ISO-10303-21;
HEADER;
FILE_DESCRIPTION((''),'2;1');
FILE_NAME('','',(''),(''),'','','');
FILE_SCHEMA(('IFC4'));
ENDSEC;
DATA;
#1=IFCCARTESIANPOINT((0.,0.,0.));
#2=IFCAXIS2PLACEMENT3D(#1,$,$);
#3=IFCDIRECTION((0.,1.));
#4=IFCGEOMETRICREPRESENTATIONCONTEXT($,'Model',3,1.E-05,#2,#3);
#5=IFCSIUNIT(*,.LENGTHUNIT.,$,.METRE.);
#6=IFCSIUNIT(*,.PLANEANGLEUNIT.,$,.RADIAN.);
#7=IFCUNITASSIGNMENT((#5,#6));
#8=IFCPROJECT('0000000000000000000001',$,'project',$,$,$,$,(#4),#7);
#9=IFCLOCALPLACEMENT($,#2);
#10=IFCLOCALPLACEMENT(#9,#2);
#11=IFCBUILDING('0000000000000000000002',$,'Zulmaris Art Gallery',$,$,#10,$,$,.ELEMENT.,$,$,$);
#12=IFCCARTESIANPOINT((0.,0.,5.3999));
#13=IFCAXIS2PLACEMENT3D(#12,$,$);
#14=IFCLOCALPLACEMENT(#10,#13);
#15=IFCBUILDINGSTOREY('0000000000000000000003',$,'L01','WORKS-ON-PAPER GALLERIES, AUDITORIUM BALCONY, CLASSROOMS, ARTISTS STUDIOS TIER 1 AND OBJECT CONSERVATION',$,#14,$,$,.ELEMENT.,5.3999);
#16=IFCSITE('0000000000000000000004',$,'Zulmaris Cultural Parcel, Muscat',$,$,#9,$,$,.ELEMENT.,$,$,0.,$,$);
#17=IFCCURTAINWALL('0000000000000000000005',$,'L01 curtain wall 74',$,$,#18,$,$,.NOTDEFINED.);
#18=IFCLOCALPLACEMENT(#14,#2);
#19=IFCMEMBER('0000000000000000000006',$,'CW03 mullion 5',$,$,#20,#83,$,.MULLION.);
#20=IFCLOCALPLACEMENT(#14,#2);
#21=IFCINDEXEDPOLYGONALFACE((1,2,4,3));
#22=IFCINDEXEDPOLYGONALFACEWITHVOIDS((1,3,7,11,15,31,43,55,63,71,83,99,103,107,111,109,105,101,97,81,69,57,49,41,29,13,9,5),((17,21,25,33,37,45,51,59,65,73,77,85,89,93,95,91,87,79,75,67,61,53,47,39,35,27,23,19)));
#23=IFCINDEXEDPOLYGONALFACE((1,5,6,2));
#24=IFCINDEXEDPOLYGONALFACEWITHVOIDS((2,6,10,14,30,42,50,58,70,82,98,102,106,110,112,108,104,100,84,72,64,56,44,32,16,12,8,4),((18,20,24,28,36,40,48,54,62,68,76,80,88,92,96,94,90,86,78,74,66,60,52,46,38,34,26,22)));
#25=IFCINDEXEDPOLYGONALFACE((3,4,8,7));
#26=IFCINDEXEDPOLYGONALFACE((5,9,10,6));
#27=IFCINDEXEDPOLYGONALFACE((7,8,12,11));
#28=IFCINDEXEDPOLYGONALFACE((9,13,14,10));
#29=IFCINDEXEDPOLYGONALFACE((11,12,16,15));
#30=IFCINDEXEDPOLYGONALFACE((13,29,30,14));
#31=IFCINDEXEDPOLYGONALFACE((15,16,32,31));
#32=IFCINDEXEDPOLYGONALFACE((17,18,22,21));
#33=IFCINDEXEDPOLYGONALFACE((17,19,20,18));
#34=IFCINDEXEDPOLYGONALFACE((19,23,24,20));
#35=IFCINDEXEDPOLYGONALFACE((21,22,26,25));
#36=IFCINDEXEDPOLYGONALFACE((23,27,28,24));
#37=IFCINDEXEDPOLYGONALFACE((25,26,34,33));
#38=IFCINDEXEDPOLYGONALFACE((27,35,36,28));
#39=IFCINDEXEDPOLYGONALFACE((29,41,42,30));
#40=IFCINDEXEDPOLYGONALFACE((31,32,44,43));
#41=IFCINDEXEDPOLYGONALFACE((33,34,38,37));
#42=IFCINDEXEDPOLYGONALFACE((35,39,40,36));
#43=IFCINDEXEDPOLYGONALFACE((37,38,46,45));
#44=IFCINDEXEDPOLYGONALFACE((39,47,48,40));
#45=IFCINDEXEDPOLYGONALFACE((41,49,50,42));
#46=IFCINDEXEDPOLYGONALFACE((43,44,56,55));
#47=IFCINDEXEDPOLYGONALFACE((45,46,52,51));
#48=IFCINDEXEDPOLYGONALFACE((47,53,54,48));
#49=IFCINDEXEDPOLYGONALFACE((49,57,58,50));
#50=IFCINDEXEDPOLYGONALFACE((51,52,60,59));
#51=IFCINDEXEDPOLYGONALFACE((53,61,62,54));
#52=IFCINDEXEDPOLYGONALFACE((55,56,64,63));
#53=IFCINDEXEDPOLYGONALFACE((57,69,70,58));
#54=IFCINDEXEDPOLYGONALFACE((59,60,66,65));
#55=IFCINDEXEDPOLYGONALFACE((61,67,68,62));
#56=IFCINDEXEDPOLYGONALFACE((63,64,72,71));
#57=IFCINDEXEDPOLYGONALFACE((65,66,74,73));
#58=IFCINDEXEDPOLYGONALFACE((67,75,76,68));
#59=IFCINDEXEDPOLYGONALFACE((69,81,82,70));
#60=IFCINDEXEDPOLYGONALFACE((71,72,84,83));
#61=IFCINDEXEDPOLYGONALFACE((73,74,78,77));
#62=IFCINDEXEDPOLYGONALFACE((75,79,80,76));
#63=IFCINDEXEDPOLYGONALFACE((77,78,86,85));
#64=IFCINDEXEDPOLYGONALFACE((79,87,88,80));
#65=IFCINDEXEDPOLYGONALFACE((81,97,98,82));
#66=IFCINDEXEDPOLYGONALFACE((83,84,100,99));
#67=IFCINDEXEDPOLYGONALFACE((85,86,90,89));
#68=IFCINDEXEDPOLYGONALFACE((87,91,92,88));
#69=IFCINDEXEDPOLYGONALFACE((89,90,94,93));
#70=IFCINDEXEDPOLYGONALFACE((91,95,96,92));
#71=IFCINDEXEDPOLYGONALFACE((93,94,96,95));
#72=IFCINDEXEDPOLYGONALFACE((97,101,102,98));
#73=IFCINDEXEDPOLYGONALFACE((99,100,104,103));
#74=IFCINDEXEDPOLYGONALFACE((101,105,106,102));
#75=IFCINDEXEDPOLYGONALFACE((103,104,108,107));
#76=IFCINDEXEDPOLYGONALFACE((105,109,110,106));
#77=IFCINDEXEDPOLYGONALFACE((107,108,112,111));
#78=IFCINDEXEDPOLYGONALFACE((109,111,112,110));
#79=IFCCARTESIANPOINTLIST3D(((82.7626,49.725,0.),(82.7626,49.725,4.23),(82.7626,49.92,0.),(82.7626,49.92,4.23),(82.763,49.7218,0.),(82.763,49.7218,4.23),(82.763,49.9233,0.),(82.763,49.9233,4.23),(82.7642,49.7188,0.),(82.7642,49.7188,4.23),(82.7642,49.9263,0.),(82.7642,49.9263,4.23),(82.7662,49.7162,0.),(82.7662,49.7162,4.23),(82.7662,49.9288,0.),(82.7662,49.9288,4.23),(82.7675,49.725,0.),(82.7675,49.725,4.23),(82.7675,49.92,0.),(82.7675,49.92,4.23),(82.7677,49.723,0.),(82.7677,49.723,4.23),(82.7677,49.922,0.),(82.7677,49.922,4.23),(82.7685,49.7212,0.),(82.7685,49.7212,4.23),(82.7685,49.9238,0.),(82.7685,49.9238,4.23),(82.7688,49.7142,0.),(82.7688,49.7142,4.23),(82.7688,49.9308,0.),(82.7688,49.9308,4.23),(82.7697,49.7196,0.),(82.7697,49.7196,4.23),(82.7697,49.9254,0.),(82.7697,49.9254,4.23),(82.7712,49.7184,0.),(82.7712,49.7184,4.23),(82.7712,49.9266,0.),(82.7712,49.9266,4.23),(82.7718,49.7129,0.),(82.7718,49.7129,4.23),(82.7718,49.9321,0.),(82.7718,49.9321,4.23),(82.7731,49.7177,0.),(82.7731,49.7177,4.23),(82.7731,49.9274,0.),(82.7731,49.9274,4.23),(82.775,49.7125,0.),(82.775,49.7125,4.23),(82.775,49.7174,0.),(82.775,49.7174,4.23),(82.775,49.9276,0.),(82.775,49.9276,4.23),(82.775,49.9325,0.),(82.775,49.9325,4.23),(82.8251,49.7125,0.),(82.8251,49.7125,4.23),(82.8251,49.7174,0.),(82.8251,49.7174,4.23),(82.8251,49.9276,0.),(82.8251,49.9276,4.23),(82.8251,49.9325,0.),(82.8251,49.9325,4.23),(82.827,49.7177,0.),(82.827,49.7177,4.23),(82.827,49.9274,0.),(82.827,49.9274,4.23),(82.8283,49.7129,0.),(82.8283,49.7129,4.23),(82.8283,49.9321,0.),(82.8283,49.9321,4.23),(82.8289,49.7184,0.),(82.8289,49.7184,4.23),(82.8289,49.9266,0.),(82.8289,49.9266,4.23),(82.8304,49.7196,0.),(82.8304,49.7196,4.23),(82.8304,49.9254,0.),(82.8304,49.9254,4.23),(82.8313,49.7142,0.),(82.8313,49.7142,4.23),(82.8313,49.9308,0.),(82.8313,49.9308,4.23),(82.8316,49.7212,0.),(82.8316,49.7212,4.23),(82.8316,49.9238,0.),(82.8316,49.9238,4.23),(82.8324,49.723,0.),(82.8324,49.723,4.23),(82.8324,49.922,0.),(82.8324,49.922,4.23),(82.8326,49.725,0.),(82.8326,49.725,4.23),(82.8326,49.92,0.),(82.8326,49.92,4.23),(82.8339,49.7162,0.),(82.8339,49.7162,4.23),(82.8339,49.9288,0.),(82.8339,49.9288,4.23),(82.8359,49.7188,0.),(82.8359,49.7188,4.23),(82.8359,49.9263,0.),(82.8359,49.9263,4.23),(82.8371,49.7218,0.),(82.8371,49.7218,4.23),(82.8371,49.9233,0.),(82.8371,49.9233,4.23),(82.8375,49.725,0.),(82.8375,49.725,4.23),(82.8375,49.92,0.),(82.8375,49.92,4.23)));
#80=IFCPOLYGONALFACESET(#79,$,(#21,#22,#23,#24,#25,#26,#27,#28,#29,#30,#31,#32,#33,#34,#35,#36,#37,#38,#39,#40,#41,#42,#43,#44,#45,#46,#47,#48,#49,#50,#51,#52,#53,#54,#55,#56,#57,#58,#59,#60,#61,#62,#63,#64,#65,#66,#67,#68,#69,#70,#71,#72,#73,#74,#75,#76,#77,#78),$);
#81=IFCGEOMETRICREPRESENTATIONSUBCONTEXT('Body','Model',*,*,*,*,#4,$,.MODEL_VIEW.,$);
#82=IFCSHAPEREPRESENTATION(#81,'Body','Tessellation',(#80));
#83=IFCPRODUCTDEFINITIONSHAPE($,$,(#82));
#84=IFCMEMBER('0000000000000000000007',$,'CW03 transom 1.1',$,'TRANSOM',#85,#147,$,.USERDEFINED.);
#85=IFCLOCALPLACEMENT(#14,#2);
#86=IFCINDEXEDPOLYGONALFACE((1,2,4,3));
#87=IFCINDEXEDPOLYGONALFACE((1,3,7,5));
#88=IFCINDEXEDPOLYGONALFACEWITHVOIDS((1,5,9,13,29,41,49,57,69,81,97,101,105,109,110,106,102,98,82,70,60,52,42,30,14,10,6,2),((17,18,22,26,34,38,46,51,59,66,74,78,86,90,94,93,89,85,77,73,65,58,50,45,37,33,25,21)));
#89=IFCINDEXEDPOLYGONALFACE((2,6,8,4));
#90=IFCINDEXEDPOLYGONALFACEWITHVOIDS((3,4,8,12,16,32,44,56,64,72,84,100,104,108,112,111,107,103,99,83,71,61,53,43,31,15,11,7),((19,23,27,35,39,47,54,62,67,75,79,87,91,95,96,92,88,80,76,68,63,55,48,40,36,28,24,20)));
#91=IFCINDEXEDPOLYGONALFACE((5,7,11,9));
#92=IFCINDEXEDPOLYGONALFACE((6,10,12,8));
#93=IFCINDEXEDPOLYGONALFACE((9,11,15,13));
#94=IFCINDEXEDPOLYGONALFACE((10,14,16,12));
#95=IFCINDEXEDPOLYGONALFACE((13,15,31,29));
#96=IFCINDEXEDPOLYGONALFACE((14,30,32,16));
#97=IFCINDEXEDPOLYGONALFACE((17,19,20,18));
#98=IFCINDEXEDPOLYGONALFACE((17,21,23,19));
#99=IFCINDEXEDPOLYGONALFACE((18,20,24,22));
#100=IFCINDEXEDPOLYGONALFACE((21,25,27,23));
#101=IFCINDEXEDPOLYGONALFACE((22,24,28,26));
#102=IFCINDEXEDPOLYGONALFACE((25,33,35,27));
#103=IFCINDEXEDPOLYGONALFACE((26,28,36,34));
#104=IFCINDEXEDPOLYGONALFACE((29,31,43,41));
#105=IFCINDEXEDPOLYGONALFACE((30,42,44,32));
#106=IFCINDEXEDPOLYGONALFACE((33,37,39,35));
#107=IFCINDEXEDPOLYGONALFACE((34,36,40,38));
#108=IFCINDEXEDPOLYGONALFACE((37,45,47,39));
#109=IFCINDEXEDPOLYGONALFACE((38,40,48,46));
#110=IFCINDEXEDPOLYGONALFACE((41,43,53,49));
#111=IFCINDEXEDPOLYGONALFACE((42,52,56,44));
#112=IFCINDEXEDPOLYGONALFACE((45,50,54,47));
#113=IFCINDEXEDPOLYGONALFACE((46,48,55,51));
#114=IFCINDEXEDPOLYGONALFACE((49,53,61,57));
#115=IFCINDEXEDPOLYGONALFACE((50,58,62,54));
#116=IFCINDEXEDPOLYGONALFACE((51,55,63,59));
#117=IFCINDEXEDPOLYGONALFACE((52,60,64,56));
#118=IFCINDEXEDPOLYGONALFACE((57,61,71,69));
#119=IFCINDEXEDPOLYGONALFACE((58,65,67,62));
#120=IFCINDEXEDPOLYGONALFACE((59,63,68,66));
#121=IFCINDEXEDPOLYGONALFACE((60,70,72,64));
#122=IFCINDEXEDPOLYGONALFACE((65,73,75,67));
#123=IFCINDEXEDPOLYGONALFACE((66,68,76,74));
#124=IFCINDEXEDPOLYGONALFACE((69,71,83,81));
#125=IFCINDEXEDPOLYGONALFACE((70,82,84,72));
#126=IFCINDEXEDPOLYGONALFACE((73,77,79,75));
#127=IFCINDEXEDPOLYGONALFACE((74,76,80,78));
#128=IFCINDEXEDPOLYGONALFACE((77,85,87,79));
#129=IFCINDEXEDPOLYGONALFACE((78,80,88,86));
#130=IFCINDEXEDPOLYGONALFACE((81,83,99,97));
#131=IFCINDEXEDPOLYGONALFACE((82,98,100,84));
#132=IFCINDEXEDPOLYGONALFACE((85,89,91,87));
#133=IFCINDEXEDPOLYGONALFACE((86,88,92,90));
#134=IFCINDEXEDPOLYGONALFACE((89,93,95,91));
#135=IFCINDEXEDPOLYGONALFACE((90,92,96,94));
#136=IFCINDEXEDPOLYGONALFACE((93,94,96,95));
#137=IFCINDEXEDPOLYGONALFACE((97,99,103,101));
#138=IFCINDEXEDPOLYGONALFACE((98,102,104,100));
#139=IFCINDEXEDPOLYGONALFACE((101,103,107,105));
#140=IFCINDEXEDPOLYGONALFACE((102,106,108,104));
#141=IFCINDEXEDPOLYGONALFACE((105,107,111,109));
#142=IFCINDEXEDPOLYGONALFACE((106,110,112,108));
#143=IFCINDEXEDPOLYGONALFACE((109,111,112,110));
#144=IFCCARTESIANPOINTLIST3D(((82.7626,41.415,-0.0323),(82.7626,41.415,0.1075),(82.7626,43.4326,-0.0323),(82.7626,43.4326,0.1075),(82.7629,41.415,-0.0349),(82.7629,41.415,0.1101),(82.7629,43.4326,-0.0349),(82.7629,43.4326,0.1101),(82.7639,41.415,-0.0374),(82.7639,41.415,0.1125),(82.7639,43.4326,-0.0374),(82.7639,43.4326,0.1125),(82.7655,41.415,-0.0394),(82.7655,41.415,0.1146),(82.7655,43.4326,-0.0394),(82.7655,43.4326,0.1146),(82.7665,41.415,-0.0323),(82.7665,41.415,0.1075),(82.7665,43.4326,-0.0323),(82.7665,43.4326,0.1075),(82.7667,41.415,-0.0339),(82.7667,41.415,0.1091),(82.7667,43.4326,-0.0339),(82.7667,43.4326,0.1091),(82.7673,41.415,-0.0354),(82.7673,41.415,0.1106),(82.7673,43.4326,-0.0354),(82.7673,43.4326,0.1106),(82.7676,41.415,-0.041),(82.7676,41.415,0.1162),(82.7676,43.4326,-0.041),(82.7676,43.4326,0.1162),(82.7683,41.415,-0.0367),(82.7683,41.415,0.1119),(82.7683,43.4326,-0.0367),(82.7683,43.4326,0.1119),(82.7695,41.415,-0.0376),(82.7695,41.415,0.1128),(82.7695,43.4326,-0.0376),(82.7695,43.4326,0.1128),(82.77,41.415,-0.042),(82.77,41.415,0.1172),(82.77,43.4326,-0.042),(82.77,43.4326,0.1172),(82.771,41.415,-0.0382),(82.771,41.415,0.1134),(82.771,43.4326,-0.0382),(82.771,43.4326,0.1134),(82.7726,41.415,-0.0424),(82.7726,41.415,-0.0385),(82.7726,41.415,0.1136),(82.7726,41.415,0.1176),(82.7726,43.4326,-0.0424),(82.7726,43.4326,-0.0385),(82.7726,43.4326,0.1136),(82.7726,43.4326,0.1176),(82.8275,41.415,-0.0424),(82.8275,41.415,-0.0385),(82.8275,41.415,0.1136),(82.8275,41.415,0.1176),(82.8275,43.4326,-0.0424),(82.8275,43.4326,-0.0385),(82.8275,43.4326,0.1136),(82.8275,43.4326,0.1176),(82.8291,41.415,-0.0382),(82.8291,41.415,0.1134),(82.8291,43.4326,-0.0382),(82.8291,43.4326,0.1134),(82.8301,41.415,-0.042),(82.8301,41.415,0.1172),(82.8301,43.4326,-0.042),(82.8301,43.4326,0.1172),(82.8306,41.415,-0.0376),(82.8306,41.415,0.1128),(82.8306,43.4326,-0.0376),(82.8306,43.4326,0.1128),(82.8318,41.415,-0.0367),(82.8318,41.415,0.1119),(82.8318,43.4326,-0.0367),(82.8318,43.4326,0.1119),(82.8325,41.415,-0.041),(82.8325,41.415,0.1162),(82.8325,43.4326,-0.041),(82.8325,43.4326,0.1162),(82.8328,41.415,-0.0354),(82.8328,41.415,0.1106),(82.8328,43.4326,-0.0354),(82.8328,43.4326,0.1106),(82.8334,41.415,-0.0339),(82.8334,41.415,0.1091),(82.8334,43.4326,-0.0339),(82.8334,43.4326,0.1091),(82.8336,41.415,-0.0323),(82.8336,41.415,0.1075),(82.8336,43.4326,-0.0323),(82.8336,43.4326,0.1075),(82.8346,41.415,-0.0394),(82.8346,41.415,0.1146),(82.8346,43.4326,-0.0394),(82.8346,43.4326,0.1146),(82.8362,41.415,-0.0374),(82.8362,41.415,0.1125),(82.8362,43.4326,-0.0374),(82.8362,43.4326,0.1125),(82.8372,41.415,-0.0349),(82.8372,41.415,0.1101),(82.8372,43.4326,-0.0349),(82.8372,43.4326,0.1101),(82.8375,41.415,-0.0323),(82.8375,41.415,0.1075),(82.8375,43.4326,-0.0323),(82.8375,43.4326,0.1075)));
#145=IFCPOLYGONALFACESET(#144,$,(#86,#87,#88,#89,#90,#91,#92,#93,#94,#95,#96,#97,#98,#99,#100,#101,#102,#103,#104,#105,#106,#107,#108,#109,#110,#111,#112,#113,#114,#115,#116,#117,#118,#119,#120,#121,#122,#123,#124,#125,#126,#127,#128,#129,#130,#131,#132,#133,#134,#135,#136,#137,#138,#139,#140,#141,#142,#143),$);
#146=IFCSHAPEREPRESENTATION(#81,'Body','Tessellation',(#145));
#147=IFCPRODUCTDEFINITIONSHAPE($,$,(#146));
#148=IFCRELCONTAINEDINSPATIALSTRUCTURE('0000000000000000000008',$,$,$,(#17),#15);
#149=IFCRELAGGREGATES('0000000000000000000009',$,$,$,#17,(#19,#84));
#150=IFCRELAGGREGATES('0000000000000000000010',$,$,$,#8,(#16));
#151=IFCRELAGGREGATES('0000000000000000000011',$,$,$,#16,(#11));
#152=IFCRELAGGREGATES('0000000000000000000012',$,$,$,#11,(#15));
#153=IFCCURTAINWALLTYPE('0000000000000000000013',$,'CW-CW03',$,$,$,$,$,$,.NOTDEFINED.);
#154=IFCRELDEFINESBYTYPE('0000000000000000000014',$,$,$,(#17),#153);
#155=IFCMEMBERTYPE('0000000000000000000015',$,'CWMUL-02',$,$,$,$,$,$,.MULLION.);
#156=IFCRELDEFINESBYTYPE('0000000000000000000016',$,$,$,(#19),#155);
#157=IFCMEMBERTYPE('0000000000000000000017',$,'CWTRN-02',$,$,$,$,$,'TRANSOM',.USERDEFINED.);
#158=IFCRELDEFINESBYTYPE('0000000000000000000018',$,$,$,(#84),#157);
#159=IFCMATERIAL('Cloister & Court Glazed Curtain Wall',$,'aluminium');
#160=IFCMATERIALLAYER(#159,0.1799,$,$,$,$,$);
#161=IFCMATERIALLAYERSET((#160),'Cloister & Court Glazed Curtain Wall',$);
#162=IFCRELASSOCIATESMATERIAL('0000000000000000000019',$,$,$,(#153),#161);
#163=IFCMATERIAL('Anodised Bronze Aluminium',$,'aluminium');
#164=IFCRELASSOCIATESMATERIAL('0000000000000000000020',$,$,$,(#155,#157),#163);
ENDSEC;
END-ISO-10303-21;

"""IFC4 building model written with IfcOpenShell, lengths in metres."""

from ifc_helpers import new_model, si_unit, direction, frame, origin, origin_2d, place, context, subcontext, project, spatial, hollow_rectangle, extrude, material, layer, layer_set, material_profile, profile_set, type_object, element, aggregate, save


model = new_model("IFC4")

# Units and contexts
model_context = context("Model", 3, precision=1e-05, world=origin(), true_north=direction((0.0, 1.0)))
body_context = subcontext(model_context, "Body", "Model", "MODEL_VIEW")
ifc_project = project(units=[si_unit("LENGTHUNIT", "METRE"), si_unit("PLANEANGLEUNIT", "RADIAN")], contexts=[model_context])

# Site, building, storey
site_placement = place(None, origin())
site = spatial("IfcSite", under=ifc_project, at=site_placement, Name="Zulmaris Cultural Parcel, Muscat", CompositionType="ELEMENT", RefElevation=0.0)
building_placement = place(site_placement, origin())
building = spatial("IfcBuilding", under=site, at=building_placement, Name="Zulmaris Art Gallery", CompositionType="ELEMENT")
storey_placement = place(building_placement, frame((0.0, 0.0, 5.3999)))
storey = spatial("IfcBuildingStorey", under=building, at=storey_placement, Name="L01", Description="WORKS-ON-PAPER GALLERIES, AUDITORIUM BALCONY, CLASSROOMS, ARTISTS STUDIOS TIER 1 AND OBJECT CONSERVATION", CompositionType="ELEMENT", Elevation=5.3999)

# Curtain wall, members
ifc_material_1 = material(Name="Cloister & Court Glazed Curtain Wall", Category="aluminium")
ifc_layer_1 = layer(ifc_material_1, 0.1799)
ifc_layer_set_1 = layer_set([ifc_layer_1], Name="Cloister & Court Glazed Curtain Wall")
curtain_wall_type = type_object("IfcCurtainWallType", Name="CW-CW03", PredefinedType="NOTDEFINED", material=ifc_layer_set_1)
curtain_wall_placement = place(storey_placement, origin())
curtain_wall = element("IfcCurtainWall", 1, at=curtain_wall_placement, inside=storey, type_object=curtain_wall_type, Name="L01 curtain wall 74", PredefinedType="NOTDEFINED")
ifc_material_2 = material(Name="Anodised Bronze Aluminium", Category="aluminium")
ifc_material_profile_1 = material_profile(ifc_material_2, hollow_rectangle(XDim=0.075, YDim=0.22, WallThickness=0.0049, InnerFilletRadius=0.0076, OuterFilletRadius=0.0125, at=origin_2d()), Name="ALU 75x220x5")
ifc_profile_set_1 = profile_set([ifc_material_profile_1], Name="Anodised Bronze Aluminium")
member_type_1 = type_object("IfcMemberType", Name="CWMUL-02", PredefinedType="MULLION", material=ifc_profile_set_1)
member_1_placement = place(storey_placement, frame((82.8, 49.8225, 0.0), z_axis=(0.0, 0.0, 1.0), x_axis=(-1.0, 0.0, 0.0)))
member_1 = element("IfcMember", 2, at=member_1_placement, type_object=member_type_1, Name="CW03 mullion 5", PredefinedType="MULLION", context=body_context, shape_type="SweptSolid", body=[
    extrude(hollow_rectangle(XDim=0.075, YDim=0.22, WallThickness=0.0049, InnerFilletRadius=0.0076, OuterFilletRadius=0.0125, at=origin_2d()), origin(), (0.0, 0.0, 1.0), 4.23),
])
ifc_material_profile_2 = material_profile(ifc_material_2, hollow_rectangle(XDim=0.075, YDim=0.1599, WallThickness=0.0039, InnerFilletRadius=0.0061, OuterFilletRadius=0.01, at=origin_2d()), Name="ALU 75x160x4")
ifc_profile_set_2 = profile_set([ifc_material_profile_2], Name="Anodised Bronze Aluminium")
member_type_2 = type_object("IfcMemberType", Name="CWTRN-02", ElementType="TRANSOM", PredefinedType="USERDEFINED", material=ifc_profile_set_2)
member_2_placement = place(storey_placement, frame((82.8, 41.415, 0.0376), z_axis=(0.0, 1.0, 0.0), x_axis=(-1.0, 0.0, 0.0)))
member_2 = element("IfcMember", 3, at=member_2_placement, type_object=member_type_2, Name="CW03 transom 1.1", ObjectType="TRANSOM", PredefinedType="USERDEFINED", context=body_context, shape_type="SweptSolid", body=[
    extrude(hollow_rectangle(XDim=0.075, YDim=0.1599, WallThickness=0.0039, InnerFilletRadius=0.0061, OuterFilletRadius=0.01, at=origin_2d()), origin(), (0.0, 0.0, 1.0), 2.0176),
])
aggregate(curtain_wall, [member_1, member_2])

save(model, "model.ifc")
